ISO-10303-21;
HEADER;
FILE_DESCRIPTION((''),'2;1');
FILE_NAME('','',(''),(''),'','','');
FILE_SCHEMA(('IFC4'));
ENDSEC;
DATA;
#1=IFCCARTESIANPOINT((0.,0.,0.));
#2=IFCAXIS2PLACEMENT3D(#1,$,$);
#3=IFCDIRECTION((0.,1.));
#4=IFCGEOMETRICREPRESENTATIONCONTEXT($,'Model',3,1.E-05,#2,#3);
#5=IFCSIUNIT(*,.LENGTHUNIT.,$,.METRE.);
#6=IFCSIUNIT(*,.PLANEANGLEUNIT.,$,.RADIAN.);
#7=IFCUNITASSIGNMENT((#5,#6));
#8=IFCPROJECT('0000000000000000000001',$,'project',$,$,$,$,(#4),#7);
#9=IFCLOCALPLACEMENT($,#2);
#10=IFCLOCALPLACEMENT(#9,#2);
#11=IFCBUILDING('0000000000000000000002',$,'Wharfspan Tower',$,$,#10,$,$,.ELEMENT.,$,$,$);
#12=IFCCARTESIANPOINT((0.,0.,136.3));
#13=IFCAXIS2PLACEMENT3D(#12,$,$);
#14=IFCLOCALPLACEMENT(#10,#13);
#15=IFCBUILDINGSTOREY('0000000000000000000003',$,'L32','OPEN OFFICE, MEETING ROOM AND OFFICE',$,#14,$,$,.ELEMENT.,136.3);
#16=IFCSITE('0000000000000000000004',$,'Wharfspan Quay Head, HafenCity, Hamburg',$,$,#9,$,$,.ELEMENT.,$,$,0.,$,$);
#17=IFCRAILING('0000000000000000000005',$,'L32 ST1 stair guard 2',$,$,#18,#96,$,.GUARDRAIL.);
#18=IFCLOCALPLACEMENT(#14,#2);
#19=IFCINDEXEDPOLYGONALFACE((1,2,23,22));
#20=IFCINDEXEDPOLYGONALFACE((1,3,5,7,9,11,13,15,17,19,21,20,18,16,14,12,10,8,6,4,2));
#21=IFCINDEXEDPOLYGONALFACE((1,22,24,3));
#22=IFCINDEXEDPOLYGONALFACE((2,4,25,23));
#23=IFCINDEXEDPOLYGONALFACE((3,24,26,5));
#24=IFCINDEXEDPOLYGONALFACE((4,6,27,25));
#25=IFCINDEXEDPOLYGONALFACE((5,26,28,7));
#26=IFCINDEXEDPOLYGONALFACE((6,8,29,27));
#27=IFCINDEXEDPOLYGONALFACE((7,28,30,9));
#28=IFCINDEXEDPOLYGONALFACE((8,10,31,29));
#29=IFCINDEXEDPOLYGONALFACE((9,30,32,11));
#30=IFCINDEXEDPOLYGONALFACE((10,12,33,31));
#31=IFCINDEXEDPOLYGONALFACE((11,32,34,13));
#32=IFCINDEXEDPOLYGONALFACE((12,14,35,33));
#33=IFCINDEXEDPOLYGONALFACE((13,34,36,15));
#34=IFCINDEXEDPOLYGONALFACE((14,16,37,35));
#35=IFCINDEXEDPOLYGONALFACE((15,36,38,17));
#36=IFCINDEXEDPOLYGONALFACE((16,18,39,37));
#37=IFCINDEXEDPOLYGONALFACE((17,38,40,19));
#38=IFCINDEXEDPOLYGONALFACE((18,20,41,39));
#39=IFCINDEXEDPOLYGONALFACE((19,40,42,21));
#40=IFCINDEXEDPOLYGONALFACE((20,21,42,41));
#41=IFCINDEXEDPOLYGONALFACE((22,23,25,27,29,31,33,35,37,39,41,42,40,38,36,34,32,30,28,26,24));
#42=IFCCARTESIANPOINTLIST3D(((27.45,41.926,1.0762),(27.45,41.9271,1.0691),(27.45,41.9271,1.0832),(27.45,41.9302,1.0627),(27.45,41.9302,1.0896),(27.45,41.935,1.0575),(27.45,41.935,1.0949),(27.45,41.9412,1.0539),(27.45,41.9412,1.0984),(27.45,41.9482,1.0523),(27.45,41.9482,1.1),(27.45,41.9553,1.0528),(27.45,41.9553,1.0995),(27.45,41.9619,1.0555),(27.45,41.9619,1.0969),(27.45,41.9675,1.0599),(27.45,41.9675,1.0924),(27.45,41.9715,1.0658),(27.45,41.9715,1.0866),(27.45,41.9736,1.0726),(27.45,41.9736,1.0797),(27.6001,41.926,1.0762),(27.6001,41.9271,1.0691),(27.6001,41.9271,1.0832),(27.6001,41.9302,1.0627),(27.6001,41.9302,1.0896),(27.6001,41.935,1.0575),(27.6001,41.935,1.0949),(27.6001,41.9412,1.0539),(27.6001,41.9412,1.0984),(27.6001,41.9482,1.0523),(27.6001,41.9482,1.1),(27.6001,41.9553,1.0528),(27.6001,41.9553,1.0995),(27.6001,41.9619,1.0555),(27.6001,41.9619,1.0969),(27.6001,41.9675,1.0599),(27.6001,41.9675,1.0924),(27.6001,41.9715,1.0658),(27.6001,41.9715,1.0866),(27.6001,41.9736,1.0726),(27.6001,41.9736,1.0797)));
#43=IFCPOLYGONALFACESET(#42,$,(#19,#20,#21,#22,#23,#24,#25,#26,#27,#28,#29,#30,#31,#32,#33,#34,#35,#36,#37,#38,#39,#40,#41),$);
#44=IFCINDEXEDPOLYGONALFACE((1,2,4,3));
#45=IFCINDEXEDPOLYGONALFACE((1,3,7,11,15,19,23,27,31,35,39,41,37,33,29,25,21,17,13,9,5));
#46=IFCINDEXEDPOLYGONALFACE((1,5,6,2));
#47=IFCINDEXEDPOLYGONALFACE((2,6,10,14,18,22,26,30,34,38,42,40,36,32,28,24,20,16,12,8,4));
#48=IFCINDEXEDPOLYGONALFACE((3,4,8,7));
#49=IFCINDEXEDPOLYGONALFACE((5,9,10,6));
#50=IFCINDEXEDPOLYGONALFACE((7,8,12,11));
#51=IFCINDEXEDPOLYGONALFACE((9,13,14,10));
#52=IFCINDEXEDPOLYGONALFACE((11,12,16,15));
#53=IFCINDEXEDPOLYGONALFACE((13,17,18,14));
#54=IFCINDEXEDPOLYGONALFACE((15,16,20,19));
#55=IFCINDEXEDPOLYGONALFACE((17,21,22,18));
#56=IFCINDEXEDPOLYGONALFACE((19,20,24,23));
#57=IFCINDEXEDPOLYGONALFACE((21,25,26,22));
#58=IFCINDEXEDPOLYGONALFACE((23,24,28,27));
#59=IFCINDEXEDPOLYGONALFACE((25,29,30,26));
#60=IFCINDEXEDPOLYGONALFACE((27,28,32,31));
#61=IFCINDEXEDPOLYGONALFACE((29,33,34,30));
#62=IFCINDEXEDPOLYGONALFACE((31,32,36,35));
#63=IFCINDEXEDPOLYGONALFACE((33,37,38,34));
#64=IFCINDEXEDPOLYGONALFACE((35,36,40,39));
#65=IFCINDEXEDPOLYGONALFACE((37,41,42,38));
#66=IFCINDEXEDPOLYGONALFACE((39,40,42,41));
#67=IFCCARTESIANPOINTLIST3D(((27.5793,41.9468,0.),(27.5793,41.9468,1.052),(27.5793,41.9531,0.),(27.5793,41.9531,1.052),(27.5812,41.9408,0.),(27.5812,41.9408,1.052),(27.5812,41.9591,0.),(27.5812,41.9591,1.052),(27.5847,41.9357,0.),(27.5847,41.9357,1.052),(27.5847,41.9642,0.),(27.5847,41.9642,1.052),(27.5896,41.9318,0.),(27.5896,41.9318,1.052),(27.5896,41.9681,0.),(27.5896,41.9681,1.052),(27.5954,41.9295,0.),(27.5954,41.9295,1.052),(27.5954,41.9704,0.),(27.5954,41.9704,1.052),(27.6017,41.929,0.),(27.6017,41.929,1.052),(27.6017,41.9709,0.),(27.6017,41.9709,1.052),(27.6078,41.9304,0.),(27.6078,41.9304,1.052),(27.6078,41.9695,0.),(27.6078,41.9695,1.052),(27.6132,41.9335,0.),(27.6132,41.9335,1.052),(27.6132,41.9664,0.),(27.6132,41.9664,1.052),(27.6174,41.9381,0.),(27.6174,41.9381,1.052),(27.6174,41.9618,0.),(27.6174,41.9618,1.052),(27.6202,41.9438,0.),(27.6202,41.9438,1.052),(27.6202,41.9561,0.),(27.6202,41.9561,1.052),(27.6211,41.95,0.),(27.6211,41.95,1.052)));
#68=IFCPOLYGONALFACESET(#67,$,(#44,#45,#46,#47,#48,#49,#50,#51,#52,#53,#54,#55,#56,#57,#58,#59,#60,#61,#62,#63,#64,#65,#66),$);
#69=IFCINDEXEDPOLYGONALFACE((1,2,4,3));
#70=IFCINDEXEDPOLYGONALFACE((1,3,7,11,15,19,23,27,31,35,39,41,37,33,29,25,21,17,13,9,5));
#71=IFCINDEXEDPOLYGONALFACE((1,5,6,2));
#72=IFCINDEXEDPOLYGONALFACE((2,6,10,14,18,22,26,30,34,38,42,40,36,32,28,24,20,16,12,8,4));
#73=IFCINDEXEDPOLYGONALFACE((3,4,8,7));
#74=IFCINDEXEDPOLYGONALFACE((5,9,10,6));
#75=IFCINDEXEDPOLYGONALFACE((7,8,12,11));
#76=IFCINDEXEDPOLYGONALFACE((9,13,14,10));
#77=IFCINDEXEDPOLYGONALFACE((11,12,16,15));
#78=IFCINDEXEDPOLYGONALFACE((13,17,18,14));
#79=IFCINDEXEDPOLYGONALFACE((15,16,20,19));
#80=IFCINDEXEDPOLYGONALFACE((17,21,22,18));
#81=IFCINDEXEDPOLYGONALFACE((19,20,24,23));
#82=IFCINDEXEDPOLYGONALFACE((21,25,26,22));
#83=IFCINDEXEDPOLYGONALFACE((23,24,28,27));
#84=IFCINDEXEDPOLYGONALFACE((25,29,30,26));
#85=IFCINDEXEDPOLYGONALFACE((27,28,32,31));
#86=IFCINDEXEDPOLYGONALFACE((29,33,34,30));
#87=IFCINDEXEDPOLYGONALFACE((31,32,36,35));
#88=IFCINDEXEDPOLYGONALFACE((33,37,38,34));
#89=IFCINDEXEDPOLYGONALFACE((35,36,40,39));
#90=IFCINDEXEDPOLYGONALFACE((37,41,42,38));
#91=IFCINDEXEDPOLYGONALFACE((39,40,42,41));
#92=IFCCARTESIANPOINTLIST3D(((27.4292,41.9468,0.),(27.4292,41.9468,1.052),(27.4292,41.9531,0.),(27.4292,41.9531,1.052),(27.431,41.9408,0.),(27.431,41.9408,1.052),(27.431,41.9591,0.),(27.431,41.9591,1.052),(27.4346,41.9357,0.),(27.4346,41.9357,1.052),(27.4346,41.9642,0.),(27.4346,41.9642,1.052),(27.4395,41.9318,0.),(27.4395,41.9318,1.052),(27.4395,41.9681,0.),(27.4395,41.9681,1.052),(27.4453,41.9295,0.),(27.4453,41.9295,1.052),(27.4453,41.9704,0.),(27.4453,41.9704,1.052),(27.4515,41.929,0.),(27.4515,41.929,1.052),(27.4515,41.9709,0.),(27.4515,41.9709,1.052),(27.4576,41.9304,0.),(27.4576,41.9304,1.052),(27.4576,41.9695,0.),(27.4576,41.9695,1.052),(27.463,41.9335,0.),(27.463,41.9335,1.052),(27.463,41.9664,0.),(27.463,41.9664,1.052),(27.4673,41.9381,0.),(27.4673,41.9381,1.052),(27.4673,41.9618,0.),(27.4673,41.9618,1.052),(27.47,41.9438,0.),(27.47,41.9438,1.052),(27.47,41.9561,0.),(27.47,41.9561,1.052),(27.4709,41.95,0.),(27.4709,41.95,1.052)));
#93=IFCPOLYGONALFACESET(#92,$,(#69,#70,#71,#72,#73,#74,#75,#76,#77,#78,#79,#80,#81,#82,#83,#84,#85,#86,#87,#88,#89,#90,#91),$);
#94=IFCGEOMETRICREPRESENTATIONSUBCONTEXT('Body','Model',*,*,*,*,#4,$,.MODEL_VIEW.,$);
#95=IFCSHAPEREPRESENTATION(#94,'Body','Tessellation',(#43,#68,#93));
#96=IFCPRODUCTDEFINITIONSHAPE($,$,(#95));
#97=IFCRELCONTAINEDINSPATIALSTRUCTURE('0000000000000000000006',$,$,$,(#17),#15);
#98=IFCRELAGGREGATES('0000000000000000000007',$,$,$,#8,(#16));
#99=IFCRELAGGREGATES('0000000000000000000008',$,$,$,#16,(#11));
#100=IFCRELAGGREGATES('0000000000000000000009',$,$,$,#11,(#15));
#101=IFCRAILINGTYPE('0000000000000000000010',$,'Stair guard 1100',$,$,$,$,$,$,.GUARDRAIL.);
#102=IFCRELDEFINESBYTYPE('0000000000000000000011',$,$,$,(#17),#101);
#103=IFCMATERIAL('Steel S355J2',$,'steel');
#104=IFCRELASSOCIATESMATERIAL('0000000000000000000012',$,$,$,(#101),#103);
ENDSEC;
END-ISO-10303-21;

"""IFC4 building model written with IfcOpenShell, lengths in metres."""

from ifc_helpers import new_model, si_unit, direction, frame, origin, origin_2d, place, context, subcontext, project, spatial, circle, extrude, material, type_object, element, save


model = new_model("IFC4")

# Units and contexts
model_context = context("Model", 3, precision=1e-05, world=origin(), true_north=direction((0.0, 1.0)))
body_context = subcontext(model_context, "Body", "Model", "MODEL_VIEW")
ifc_project = project(units=[si_unit("LENGTHUNIT", "METRE"), si_unit("PLANEANGLEUNIT", "RADIAN")], contexts=[model_context])

# Site, building, storey
site_placement = place(None, origin())
site = spatial("IfcSite", under=ifc_project, at=site_placement, Name="Wharfspan Quay Head, HafenCity, Hamburg", CompositionType="ELEMENT", RefElevation=0.0)
building_placement = place(site_placement, origin())
building = spatial("IfcBuilding", under=site, at=building_placement, Name="Wharfspan Tower", CompositionType="ELEMENT")
storey_placement = place(building_placement, frame((0.0, 0.0, 136.3)))
storey = spatial("IfcBuildingStorey", under=building, at=storey_placement, Name="L32", Description="OPEN OFFICE, MEETING ROOM AND OFFICE", CompositionType="ELEMENT", Elevation=136.3)

# Shared definitions
ifc_material_1 = material(Name="Steel S355J2", Category="steel")

# Railing
railing_type_1 = type_object("IfcRailingType", Name="Stair guard 1100", PredefinedType="GUARDRAIL", material=ifc_material_1)
railing_1_placement = place(storey_placement, frame((27.6001, 41.95, 0.0)))
element("IfcRailing", 1, at=railing_1_placement, inside=storey, type_object=railing_type_1, Name="L32 ST1 stair guard 2", PredefinedType="GUARDRAIL", context=body_context, shape_type="SweptSolid", body=[
    extrude(circle(Radius=0.0239, at=origin_2d()), frame((0.0, 0.0, 1.0762), z_axis=(-1.0, 0.0, 0.0), x_axis=(0.0, -1.0, 0.0)), (0.0, 0.0, 1.0), 0.1501),
    extrude(circle(Radius=0.021, at=origin_2d()), origin(), (0.0, 0.0, 1.0), 1.052),
    extrude(circle(Radius=0.021, at=origin_2d()), frame((-0.1501, 0.0, 0.0)), (0.0, 0.0, 1.0), 1.052),
])

save(model, "model.ifc")
